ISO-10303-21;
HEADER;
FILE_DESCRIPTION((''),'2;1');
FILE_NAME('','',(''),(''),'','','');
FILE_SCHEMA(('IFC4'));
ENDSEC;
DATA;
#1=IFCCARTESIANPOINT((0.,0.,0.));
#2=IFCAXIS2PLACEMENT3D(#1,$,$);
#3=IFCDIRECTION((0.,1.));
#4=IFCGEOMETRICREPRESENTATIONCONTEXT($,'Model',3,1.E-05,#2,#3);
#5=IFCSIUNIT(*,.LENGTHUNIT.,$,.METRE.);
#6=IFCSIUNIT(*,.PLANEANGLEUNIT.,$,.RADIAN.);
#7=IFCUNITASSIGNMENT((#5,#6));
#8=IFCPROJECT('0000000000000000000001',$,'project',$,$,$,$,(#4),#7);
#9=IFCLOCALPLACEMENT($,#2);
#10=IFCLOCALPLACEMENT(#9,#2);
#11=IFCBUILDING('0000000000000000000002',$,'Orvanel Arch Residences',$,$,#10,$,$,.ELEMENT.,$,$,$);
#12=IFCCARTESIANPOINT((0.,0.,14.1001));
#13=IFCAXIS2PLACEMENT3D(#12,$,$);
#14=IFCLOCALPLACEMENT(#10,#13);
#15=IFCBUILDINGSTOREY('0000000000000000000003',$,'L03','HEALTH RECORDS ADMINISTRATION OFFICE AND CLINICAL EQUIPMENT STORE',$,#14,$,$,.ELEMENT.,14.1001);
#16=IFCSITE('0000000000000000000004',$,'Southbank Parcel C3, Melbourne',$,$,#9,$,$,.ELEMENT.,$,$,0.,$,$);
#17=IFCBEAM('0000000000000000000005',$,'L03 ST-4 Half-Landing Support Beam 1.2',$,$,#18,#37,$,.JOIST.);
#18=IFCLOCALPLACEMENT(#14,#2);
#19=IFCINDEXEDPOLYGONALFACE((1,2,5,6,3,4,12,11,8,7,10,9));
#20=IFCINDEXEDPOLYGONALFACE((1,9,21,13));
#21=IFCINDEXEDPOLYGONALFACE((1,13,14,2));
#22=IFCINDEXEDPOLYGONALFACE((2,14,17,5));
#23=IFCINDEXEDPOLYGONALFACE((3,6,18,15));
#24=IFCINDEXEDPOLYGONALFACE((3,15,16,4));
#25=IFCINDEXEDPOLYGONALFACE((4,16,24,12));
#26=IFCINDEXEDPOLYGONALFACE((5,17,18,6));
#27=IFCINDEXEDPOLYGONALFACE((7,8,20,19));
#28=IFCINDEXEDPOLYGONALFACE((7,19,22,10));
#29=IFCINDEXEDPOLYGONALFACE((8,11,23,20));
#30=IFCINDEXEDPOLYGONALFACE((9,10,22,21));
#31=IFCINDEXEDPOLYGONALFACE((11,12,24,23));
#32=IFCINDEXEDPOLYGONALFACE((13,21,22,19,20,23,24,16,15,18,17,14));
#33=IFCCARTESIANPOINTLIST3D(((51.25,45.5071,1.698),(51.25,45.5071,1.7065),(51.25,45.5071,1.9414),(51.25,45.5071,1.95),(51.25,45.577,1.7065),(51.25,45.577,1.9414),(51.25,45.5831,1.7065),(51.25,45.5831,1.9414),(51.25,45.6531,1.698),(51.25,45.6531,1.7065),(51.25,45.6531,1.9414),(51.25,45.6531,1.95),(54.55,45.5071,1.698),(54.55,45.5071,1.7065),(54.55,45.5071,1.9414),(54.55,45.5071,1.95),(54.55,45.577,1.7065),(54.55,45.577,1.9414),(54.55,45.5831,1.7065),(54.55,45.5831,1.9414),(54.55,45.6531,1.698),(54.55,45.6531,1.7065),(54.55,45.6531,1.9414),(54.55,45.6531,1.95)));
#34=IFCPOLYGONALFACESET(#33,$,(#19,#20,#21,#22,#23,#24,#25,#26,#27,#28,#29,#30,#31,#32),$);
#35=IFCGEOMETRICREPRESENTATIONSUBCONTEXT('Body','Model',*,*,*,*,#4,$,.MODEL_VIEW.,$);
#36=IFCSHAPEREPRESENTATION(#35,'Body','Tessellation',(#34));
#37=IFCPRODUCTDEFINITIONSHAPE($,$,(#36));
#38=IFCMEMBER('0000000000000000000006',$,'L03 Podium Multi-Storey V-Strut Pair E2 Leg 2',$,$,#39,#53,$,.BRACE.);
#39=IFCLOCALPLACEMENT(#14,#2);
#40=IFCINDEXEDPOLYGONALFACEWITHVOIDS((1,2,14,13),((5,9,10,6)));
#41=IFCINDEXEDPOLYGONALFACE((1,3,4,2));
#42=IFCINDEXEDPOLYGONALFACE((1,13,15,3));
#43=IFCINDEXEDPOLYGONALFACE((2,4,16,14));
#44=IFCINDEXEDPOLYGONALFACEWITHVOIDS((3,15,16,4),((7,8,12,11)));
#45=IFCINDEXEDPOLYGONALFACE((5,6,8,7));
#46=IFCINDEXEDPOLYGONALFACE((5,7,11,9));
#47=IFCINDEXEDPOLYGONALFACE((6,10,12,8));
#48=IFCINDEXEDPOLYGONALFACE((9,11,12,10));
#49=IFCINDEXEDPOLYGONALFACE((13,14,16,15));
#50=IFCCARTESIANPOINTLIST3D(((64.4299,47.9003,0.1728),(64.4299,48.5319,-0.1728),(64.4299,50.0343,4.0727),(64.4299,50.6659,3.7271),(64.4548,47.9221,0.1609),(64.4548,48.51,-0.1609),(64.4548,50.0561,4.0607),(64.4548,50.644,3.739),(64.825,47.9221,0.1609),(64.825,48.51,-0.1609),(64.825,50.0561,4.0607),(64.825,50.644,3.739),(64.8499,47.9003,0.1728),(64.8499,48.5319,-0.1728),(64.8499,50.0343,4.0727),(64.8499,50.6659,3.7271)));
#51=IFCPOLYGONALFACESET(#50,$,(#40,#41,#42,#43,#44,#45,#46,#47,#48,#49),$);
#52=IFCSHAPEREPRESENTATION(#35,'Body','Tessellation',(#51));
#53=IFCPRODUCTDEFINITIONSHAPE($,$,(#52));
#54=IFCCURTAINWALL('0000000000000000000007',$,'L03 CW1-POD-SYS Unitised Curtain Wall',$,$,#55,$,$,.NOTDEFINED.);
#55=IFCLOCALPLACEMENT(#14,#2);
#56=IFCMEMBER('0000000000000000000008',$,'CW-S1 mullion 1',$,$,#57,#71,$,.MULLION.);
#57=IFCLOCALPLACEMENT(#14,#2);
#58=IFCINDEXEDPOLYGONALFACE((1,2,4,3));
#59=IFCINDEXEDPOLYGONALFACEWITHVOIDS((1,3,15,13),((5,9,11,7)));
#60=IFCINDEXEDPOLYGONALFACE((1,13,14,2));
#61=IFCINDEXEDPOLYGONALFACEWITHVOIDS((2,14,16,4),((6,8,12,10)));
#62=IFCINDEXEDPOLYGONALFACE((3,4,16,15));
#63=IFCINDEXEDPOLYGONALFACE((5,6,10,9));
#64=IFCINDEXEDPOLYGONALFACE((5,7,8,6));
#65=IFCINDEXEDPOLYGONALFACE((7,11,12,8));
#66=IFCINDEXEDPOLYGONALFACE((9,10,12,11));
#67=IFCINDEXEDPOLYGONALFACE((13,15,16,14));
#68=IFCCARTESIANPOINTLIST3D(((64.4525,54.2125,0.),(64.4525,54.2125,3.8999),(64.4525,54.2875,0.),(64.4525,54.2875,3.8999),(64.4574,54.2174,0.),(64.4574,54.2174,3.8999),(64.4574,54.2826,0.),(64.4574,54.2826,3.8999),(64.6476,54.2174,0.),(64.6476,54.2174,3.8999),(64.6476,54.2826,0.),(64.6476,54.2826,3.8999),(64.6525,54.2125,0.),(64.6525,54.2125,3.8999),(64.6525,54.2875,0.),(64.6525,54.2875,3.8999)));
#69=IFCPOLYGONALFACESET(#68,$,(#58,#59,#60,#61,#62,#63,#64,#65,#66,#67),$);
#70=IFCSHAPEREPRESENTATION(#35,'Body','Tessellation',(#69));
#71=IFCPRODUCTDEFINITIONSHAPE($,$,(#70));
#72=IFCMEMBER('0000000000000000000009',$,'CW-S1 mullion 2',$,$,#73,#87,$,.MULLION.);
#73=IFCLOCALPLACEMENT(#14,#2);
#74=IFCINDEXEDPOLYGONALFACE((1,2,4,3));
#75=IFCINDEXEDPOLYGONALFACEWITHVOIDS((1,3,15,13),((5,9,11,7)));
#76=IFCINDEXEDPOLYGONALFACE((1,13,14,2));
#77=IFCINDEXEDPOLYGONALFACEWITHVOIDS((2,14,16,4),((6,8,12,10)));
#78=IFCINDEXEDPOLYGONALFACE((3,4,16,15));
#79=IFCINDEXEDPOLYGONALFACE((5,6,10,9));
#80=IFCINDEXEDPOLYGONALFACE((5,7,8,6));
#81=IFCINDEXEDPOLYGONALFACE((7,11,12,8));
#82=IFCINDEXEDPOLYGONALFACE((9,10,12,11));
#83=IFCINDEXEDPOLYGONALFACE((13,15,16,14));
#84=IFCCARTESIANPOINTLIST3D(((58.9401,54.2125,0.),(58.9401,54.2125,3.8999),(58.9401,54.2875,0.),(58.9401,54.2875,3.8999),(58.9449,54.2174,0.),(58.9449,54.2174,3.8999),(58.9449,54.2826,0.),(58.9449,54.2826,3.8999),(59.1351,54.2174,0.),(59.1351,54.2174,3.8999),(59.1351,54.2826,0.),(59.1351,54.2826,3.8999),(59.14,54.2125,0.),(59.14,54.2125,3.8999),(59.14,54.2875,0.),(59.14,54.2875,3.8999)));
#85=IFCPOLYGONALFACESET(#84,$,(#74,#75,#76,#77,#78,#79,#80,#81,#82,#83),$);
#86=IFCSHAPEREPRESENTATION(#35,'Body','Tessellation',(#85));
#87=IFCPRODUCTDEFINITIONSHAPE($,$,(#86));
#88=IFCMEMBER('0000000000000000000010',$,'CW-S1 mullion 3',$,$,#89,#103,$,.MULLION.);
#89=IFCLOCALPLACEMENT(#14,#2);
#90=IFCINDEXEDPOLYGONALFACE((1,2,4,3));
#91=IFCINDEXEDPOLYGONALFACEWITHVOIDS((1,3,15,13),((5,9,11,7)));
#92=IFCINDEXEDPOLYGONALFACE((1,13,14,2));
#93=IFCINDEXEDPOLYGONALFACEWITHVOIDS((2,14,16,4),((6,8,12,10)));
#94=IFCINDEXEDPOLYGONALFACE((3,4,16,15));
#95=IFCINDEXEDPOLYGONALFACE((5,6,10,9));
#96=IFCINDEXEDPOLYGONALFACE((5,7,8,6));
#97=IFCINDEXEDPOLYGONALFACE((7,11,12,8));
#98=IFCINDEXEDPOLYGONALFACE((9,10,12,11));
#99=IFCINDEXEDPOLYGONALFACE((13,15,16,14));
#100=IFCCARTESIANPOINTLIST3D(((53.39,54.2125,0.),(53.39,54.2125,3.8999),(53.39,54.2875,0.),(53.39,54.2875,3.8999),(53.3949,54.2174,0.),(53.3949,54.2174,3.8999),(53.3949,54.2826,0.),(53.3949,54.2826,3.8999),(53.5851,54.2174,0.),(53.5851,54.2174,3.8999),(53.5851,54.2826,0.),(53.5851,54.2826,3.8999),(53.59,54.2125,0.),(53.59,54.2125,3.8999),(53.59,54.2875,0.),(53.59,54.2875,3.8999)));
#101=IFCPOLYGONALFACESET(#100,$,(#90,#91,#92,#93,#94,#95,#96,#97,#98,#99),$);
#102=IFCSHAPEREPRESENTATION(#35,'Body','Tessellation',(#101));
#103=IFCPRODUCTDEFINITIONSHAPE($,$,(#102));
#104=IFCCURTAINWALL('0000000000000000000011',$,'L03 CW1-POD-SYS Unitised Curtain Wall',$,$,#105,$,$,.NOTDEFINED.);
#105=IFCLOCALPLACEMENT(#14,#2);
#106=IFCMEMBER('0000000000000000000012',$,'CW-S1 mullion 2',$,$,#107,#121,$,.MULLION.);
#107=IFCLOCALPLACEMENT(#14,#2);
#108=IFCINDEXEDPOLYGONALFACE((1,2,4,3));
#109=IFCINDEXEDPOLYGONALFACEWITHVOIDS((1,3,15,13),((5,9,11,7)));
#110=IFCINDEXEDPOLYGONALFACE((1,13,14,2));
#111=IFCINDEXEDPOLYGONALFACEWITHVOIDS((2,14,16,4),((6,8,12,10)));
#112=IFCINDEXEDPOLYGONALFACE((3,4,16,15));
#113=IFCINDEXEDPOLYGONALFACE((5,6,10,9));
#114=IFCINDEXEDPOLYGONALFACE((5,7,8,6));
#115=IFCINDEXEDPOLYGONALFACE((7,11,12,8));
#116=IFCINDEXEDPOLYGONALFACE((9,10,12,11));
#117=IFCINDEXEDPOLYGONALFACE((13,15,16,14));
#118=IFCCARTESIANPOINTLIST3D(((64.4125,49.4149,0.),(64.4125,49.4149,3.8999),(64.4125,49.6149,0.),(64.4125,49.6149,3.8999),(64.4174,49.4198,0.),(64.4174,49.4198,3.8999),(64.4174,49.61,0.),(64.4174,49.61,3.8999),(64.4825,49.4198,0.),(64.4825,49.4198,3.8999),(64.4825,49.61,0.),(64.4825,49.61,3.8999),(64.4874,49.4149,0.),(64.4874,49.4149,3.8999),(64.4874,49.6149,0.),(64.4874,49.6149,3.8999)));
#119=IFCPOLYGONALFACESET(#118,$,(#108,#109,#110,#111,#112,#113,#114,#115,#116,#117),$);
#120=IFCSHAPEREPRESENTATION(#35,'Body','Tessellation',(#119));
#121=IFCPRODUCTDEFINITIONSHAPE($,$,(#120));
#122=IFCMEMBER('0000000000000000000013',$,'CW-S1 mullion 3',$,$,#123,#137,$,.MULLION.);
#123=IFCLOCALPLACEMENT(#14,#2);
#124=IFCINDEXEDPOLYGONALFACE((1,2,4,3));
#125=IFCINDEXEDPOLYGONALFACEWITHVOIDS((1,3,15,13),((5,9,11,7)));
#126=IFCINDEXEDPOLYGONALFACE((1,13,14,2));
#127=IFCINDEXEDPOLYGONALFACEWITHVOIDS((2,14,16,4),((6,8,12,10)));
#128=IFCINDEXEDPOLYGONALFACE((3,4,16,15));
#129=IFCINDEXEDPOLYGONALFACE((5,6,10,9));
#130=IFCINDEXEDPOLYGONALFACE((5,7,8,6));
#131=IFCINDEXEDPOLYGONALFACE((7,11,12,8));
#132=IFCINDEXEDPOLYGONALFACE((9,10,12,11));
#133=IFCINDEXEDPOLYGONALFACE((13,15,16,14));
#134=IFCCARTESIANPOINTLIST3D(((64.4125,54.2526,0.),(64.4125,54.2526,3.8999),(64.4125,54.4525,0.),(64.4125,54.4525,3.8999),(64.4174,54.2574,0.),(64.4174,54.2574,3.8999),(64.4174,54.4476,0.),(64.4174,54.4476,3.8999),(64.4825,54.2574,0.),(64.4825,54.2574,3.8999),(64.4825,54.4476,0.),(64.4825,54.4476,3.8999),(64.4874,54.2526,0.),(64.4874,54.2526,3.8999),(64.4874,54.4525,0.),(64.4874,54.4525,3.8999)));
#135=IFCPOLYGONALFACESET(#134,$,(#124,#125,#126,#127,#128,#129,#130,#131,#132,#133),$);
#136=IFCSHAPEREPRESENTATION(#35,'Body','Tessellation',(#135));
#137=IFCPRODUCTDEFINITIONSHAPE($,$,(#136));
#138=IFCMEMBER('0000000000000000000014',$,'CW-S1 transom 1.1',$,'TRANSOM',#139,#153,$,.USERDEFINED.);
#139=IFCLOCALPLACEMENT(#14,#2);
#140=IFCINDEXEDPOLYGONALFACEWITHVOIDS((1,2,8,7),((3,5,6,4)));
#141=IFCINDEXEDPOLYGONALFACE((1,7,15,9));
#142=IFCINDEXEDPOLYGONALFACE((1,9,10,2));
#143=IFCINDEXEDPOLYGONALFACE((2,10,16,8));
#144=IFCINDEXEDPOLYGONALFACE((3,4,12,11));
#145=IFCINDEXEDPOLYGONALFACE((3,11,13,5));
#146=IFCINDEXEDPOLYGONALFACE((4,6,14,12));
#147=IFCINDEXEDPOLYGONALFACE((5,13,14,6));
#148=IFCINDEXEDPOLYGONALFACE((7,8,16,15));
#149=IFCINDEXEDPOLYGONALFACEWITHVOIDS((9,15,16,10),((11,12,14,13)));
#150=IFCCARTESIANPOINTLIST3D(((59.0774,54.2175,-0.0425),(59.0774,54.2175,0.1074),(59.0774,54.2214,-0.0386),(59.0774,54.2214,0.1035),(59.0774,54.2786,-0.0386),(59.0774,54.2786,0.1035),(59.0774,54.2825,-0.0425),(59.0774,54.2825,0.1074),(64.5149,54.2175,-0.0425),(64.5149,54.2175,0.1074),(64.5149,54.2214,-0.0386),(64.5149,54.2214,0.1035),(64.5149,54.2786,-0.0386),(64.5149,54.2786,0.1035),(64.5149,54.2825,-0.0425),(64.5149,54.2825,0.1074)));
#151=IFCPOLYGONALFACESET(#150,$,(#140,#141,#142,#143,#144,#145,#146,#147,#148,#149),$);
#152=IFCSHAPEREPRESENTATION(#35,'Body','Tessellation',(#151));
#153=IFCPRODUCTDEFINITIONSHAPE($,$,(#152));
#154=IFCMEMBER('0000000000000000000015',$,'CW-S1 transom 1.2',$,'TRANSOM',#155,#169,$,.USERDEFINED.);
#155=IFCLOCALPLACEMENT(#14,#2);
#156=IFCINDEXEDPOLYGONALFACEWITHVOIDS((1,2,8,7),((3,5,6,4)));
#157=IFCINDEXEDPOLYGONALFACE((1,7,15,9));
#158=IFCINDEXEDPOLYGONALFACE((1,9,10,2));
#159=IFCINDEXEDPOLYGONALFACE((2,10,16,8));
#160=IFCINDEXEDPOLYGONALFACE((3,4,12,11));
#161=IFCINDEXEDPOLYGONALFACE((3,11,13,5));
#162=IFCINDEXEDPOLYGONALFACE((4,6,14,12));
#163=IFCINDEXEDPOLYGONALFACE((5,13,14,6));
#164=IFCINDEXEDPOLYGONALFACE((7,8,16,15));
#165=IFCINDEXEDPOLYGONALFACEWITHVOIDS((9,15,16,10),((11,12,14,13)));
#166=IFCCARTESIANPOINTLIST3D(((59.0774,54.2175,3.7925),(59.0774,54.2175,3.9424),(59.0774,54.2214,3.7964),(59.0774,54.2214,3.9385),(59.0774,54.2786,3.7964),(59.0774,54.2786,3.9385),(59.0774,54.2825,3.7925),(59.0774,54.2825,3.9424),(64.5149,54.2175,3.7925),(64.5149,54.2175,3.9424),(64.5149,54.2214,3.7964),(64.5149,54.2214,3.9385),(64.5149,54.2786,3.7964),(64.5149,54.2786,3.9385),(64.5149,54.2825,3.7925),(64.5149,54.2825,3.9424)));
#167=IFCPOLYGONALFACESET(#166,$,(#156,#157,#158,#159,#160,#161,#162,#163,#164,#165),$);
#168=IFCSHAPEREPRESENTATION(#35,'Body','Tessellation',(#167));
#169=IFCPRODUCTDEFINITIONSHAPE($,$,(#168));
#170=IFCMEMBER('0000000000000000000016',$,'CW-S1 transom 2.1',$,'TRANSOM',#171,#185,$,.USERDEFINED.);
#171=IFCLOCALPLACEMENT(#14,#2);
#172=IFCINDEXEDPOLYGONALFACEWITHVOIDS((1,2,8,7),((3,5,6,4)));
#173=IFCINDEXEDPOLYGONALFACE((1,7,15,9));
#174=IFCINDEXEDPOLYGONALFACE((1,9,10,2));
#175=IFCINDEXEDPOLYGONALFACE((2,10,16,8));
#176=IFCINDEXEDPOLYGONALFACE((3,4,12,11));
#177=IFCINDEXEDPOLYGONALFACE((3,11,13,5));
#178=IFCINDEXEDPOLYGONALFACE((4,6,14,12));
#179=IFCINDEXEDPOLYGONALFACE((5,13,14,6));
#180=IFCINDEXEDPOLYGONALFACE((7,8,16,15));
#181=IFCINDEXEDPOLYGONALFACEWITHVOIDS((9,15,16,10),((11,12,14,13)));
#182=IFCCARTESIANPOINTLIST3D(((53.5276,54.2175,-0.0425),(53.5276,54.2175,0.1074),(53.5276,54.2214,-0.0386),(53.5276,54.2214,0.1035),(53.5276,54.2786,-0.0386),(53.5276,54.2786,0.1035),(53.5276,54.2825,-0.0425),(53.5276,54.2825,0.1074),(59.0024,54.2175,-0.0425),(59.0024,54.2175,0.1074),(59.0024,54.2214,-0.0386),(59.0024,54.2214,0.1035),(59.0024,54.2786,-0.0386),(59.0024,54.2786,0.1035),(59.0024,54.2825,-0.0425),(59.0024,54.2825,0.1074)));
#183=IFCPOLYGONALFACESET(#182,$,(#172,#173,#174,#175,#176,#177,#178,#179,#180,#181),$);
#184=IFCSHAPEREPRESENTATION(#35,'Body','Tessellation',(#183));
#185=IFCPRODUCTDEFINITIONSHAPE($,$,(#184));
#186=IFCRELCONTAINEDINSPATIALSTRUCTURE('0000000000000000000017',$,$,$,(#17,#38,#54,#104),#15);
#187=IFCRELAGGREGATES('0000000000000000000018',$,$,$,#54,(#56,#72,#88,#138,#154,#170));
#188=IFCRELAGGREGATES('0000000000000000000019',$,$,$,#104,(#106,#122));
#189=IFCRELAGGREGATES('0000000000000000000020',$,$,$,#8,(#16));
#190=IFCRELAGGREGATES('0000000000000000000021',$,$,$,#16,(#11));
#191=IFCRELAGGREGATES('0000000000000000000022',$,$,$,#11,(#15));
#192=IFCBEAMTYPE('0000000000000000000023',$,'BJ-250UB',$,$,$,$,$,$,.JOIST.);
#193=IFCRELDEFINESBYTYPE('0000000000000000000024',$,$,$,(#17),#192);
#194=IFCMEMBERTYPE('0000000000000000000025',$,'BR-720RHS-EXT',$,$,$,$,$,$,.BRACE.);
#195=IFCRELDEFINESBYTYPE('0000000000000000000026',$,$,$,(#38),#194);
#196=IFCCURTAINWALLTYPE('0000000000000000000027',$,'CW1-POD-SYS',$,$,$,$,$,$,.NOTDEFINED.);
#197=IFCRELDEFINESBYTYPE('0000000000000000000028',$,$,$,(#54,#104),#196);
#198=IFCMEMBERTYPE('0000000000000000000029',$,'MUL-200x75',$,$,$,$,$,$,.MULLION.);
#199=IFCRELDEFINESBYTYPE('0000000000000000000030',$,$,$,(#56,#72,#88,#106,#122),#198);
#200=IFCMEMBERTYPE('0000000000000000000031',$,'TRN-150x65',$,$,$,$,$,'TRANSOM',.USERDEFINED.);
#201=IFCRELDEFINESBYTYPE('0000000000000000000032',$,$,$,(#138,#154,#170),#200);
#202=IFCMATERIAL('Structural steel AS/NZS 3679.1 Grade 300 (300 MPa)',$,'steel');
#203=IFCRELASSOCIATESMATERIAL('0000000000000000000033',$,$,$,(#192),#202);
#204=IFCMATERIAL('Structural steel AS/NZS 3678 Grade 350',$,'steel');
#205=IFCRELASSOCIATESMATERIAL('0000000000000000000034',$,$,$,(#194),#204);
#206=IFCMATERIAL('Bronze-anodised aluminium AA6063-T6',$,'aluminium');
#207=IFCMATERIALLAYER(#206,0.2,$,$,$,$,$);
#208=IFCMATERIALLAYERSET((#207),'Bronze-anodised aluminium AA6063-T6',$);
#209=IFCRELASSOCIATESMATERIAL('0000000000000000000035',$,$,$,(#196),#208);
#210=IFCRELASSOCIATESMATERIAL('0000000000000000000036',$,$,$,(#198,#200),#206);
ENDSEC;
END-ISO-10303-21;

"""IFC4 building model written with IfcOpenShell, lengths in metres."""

from ifc_helpers import new_model, si_unit, direction, frame, origin, origin_2d, place, context, subcontext, project, spatial, hollow_rectangle, i_section, extrude, material, layer, layer_set, material_profile, profile_set, type_object, element, aggregate, save


model = new_model("IFC4")

# Units and contexts
model_context = context("Model", 3, precision=1e-05, world=origin(), true_north=direction((0.0, 1.0)))
body_context = subcontext(model_context, "Body", "Model", "MODEL_VIEW")
ifc_project = project(units=[si_unit("LENGTHUNIT", "METRE"), si_unit("PLANEANGLEUNIT", "RADIAN")], contexts=[model_context])

# Site, building, storey
site_placement = place(None, origin())
site = spatial("IfcSite", under=ifc_project, at=site_placement, Name="Southbank Parcel C3, Melbourne", CompositionType="ELEMENT", RefElevation=0.0)
building_placement = place(site_placement, origin())
building = spatial("IfcBuilding", under=site, at=building_placement, Name="Orvanel Arch Residences", CompositionType="ELEMENT")
storey_placement = place(building_placement, frame((0.0, 0.0, 14.1001)))
storey = spatial("IfcBuildingStorey", under=building, at=storey_placement, Name="L03", Description="HEALTH RECORDS ADMINISTRATION OFFICE AND CLINICAL EQUIPMENT STORE", CompositionType="ELEMENT", Elevation=14.1001)

# Beam
ifc_material_1 = material(Name="Structural steel AS/NZS 3679.1 Grade 300 (300 MPa)", Category="steel")
ifc_material_profile_1 = material_profile(ifc_material_1, i_section(OverallWidth=0.146, OverallDepth=0.252, WebThickness=0.0061, FlangeThickness=0.0085, at=origin_2d()), Name="250UB31.4")
ifc_profile_set_1 = profile_set([ifc_material_profile_1], Name="Structural steel AS/NZS 3679.1 Grade 300 (300 MPa)")
beam_type = type_object("IfcBeamType", Name="BJ-250UB", PredefinedType="JOIST", material=ifc_profile_set_1)
beam_placement = place(storey_placement, frame((51.25, 45.5801, 1.824), z_axis=(1.0, 0.0, 0.0), x_axis=(0.0, 1.0, 0.0)))
element("IfcBeam", 1, at=beam_placement, inside=storey, type_object=beam_type, Name="L03 ST-4 Half-Landing Support Beam 1.2", PredefinedType="JOIST", context=body_context, shape_type="SweptSolid", body=[
    extrude(i_section(OverallWidth=0.146, OverallDepth=0.252, WebThickness=0.0061, FlangeThickness=0.0085, at=origin_2d()), origin(), (0.0, 0.0, 1.0), 3.3),
])

# Member
ifc_material_2 = material(Name="Structural steel AS/NZS 3678 Grade 350", Category="steel")
ifc_material_profile_2 = material_profile(ifc_material_2, hollow_rectangle(XDim=0.4199, YDim=0.72, WallThickness=0.0249, at=origin_2d()), Name="RHS720x420x25")
ifc_profile_set_2 = profile_set([ifc_material_profile_2], Name="Structural steel AS/NZS 3678 Grade 350")
member_type_1 = type_object("IfcMemberType", Name="BR-720RHS-EXT", PredefinedType="BRACE", material=ifc_profile_set_2)
member_1_placement = place(storey_placement, frame((64.6399, 48.2161, 0.0), z_axis=(0.0, 0.480033, 0.87725), x_axis=(-1.0, 0.0, 0.0)))
element("IfcMember", 2, at=member_1_placement, inside=storey, type_object=member_type_1, Name="L03 Podium Multi-Storey V-Strut Pair E2 Leg 2", PredefinedType="BRACE", context=body_context, shape_type="SweptSolid", body=[
    extrude(hollow_rectangle(XDim=0.4199, YDim=0.72, WallThickness=0.0249, at=origin_2d()), origin(), (0.0, 0.0, 1.0), 4.4456),
])

# Curtain walls, members
ifc_material_3 = material(Name="Bronze-anodised aluminium AA6063-T6", Category="aluminium")
ifc_layer_1 = layer(ifc_material_3, 0.2)
ifc_layer_set_1 = layer_set([ifc_layer_1], Name="Bronze-anodised aluminium AA6063-T6")
curtain_wall_type = type_object("IfcCurtainWallType", Name="CW1-POD-SYS", PredefinedType="NOTDEFINED", material=ifc_layer_set_1)
curtain_wall_1_placement = place(storey_placement, origin())
curtain_wall_1 = element("IfcCurtainWall", 3, at=curtain_wall_1_placement, inside=storey, type_object=curtain_wall_type, Name="L03 CW1-POD-SYS Unitised Curtain Wall", PredefinedType="NOTDEFINED")
ifc_material_profile_3 = material_profile(ifc_material_3, hollow_rectangle(XDim=0.075, YDim=0.2, WallThickness=0.0049, at=origin_2d()), Name="ALU200x75x5")
ifc_profile_set_3 = profile_set([ifc_material_profile_3], Name="Bronze-anodised aluminium AA6063-T6")
member_type_2 = type_object("IfcMemberType", Name="MUL-200x75", PredefinedType="MULLION", material=ifc_profile_set_3)
member_2_placement = place(storey_placement, frame((64.5525, 54.25, 0.0), z_axis=(0.0, 0.0, 1.0), x_axis=(0.0, -1.0, 0.0)))
member_2 = element("IfcMember", 4, at=member_2_placement, type_object=member_type_2, Name="CW-S1 mullion 1", PredefinedType="MULLION", context=body_context, shape_type="SweptSolid", body=[
    extrude(hollow_rectangle(XDim=0.075, YDim=0.2, WallThickness=0.0049, at=origin_2d()), origin(), (0.0, 0.0, 1.0), 3.8999),
])
member_3_placement = place(storey_placement, frame((59.04, 54.25, 0.0), z_axis=(0.0, 0.0, 1.0), x_axis=(0.0, -1.0, 0.0)))
member_3 = element("IfcMember", 5, at=member_3_placement, type_object=member_type_2, Name="CW-S1 mullion 2", PredefinedType="MULLION", context=body_context, shape_type="SweptSolid", body=[
    extrude(hollow_rectangle(XDim=0.075, YDim=0.2, WallThickness=0.0049, at=origin_2d()), origin(), (0.0, 0.0, 1.0), 3.8999),
])
member_4_placement = place(storey_placement, frame((53.49, 54.25, 0.0), z_axis=(0.0, 0.0, 1.0), x_axis=(0.0, -1.0, 0.0)))
member_4 = element("IfcMember", 6, at=member_4_placement, type_object=member_type_2, Name="CW-S1 mullion 3", PredefinedType="MULLION", context=body_context, shape_type="SweptSolid", body=[
    extrude(hollow_rectangle(XDim=0.075, YDim=0.2, WallThickness=0.0049, at=origin_2d()), origin(), (0.0, 0.0, 1.0), 3.8999),
])
curtain_wall_2_placement = place(storey_placement, origin())
curtain_wall_2 = element("IfcCurtainWall", 7, at=curtain_wall_2_placement, inside=storey, type_object=curtain_wall_type, Name="L03 CW1-POD-SYS Unitised Curtain Wall", PredefinedType="NOTDEFINED")
member_5_placement = place(storey_placement, frame((64.45, 49.5149, 0.0), z_axis=(0.0, 0.0, 1.0), x_axis=(-1.0, 0.0, 0.0)))
member_5 = element("IfcMember", 8, at=member_5_placement, type_object=member_type_2, Name="CW-S1 mullion 2", PredefinedType="MULLION", context=body_context, shape_type="SweptSolid", body=[
    extrude(hollow_rectangle(XDim=0.075, YDim=0.2, WallThickness=0.0049, at=origin_2d()), origin(), (0.0, 0.0, 1.0), 3.8999),
])
member_6_placement = place(storey_placement, frame((64.45, 54.3525, 0.0), z_axis=(0.0, 0.0, 1.0), x_axis=(-1.0, 0.0, 0.0)))
member_6 = element("IfcMember", 9, at=member_6_placement, type_object=member_type_2, Name="CW-S1 mullion 3", PredefinedType="MULLION", context=body_context, shape_type="SweptSolid", body=[
    extrude(hollow_rectangle(XDim=0.075, YDim=0.2, WallThickness=0.0049, at=origin_2d()), origin(), (0.0, 0.0, 1.0), 3.8999),
])

# Members
ifc_material_profile_4 = material_profile(ifc_material_3, hollow_rectangle(XDim=0.0649, YDim=0.1499, WallThickness=0.0039, at=origin_2d()), Name="ALU150x65x4")
ifc_profile_set_4 = profile_set([ifc_material_profile_4], Name="Bronze-anodised aluminium AA6063-T6")
member_type_3 = type_object("IfcMemberType", Name="TRN-150x65", ElementType="TRANSOM", PredefinedType="USERDEFINED", material=ifc_profile_set_4)
member_7_placement = place(storey_placement, frame((64.5149, 54.25, 0.0325), z_axis=(-1.0, 0.0, 0.0), x_axis=(0.0, -1.0, 0.0)))
member_7 = element("IfcMember", 10, at=member_7_placement, type_object=member_type_3, Name="CW-S1 transom 1.1", ObjectType="TRANSOM", PredefinedType="USERDEFINED", context=body_context, shape_type="SweptSolid", body=[
    extrude(hollow_rectangle(XDim=0.0649, YDim=0.1499, WallThickness=0.0039, at=origin_2d()), origin(), (0.0, 0.0, 1.0), 5.4375),
])
member_8_placement = place(storey_placement, frame((64.5149, 54.25, 3.8674), z_axis=(-1.0, 0.0, 0.0), x_axis=(0.0, -1.0, 0.0)))
member_8 = element("IfcMember", 11, at=member_8_placement, type_object=member_type_3, Name="CW-S1 transom 1.2", ObjectType="TRANSOM", PredefinedType="USERDEFINED", context=body_context, shape_type="SweptSolid", body=[
    extrude(hollow_rectangle(XDim=0.0649, YDim=0.1499, WallThickness=0.0039, at=origin_2d()), origin(), (0.0, 0.0, 1.0), 5.4375),
])
member_9_placement = place(storey_placement, frame((59.0024, 54.25, 0.0325), z_axis=(-1.0, 0.0, 0.0), x_axis=(0.0, -1.0, 0.0)))
member_9 = element("IfcMember", 12, at=member_9_placement, type_object=member_type_3, Name="CW-S1 transom 2.1", ObjectType="TRANSOM", PredefinedType="USERDEFINED", context=body_context, shape_type="SweptSolid", body=[
    extrude(hollow_rectangle(XDim=0.0649, YDim=0.1499, WallThickness=0.0039, at=origin_2d()), origin(), (0.0, 0.0, 1.0), 5.4749),
])

aggregate(curtain_wall_1, [member_2, member_3, member_4, member_7, member_8, member_9])
aggregate(curtain_wall_2, [member_5, member_6])

save(model, "model.ifc")
